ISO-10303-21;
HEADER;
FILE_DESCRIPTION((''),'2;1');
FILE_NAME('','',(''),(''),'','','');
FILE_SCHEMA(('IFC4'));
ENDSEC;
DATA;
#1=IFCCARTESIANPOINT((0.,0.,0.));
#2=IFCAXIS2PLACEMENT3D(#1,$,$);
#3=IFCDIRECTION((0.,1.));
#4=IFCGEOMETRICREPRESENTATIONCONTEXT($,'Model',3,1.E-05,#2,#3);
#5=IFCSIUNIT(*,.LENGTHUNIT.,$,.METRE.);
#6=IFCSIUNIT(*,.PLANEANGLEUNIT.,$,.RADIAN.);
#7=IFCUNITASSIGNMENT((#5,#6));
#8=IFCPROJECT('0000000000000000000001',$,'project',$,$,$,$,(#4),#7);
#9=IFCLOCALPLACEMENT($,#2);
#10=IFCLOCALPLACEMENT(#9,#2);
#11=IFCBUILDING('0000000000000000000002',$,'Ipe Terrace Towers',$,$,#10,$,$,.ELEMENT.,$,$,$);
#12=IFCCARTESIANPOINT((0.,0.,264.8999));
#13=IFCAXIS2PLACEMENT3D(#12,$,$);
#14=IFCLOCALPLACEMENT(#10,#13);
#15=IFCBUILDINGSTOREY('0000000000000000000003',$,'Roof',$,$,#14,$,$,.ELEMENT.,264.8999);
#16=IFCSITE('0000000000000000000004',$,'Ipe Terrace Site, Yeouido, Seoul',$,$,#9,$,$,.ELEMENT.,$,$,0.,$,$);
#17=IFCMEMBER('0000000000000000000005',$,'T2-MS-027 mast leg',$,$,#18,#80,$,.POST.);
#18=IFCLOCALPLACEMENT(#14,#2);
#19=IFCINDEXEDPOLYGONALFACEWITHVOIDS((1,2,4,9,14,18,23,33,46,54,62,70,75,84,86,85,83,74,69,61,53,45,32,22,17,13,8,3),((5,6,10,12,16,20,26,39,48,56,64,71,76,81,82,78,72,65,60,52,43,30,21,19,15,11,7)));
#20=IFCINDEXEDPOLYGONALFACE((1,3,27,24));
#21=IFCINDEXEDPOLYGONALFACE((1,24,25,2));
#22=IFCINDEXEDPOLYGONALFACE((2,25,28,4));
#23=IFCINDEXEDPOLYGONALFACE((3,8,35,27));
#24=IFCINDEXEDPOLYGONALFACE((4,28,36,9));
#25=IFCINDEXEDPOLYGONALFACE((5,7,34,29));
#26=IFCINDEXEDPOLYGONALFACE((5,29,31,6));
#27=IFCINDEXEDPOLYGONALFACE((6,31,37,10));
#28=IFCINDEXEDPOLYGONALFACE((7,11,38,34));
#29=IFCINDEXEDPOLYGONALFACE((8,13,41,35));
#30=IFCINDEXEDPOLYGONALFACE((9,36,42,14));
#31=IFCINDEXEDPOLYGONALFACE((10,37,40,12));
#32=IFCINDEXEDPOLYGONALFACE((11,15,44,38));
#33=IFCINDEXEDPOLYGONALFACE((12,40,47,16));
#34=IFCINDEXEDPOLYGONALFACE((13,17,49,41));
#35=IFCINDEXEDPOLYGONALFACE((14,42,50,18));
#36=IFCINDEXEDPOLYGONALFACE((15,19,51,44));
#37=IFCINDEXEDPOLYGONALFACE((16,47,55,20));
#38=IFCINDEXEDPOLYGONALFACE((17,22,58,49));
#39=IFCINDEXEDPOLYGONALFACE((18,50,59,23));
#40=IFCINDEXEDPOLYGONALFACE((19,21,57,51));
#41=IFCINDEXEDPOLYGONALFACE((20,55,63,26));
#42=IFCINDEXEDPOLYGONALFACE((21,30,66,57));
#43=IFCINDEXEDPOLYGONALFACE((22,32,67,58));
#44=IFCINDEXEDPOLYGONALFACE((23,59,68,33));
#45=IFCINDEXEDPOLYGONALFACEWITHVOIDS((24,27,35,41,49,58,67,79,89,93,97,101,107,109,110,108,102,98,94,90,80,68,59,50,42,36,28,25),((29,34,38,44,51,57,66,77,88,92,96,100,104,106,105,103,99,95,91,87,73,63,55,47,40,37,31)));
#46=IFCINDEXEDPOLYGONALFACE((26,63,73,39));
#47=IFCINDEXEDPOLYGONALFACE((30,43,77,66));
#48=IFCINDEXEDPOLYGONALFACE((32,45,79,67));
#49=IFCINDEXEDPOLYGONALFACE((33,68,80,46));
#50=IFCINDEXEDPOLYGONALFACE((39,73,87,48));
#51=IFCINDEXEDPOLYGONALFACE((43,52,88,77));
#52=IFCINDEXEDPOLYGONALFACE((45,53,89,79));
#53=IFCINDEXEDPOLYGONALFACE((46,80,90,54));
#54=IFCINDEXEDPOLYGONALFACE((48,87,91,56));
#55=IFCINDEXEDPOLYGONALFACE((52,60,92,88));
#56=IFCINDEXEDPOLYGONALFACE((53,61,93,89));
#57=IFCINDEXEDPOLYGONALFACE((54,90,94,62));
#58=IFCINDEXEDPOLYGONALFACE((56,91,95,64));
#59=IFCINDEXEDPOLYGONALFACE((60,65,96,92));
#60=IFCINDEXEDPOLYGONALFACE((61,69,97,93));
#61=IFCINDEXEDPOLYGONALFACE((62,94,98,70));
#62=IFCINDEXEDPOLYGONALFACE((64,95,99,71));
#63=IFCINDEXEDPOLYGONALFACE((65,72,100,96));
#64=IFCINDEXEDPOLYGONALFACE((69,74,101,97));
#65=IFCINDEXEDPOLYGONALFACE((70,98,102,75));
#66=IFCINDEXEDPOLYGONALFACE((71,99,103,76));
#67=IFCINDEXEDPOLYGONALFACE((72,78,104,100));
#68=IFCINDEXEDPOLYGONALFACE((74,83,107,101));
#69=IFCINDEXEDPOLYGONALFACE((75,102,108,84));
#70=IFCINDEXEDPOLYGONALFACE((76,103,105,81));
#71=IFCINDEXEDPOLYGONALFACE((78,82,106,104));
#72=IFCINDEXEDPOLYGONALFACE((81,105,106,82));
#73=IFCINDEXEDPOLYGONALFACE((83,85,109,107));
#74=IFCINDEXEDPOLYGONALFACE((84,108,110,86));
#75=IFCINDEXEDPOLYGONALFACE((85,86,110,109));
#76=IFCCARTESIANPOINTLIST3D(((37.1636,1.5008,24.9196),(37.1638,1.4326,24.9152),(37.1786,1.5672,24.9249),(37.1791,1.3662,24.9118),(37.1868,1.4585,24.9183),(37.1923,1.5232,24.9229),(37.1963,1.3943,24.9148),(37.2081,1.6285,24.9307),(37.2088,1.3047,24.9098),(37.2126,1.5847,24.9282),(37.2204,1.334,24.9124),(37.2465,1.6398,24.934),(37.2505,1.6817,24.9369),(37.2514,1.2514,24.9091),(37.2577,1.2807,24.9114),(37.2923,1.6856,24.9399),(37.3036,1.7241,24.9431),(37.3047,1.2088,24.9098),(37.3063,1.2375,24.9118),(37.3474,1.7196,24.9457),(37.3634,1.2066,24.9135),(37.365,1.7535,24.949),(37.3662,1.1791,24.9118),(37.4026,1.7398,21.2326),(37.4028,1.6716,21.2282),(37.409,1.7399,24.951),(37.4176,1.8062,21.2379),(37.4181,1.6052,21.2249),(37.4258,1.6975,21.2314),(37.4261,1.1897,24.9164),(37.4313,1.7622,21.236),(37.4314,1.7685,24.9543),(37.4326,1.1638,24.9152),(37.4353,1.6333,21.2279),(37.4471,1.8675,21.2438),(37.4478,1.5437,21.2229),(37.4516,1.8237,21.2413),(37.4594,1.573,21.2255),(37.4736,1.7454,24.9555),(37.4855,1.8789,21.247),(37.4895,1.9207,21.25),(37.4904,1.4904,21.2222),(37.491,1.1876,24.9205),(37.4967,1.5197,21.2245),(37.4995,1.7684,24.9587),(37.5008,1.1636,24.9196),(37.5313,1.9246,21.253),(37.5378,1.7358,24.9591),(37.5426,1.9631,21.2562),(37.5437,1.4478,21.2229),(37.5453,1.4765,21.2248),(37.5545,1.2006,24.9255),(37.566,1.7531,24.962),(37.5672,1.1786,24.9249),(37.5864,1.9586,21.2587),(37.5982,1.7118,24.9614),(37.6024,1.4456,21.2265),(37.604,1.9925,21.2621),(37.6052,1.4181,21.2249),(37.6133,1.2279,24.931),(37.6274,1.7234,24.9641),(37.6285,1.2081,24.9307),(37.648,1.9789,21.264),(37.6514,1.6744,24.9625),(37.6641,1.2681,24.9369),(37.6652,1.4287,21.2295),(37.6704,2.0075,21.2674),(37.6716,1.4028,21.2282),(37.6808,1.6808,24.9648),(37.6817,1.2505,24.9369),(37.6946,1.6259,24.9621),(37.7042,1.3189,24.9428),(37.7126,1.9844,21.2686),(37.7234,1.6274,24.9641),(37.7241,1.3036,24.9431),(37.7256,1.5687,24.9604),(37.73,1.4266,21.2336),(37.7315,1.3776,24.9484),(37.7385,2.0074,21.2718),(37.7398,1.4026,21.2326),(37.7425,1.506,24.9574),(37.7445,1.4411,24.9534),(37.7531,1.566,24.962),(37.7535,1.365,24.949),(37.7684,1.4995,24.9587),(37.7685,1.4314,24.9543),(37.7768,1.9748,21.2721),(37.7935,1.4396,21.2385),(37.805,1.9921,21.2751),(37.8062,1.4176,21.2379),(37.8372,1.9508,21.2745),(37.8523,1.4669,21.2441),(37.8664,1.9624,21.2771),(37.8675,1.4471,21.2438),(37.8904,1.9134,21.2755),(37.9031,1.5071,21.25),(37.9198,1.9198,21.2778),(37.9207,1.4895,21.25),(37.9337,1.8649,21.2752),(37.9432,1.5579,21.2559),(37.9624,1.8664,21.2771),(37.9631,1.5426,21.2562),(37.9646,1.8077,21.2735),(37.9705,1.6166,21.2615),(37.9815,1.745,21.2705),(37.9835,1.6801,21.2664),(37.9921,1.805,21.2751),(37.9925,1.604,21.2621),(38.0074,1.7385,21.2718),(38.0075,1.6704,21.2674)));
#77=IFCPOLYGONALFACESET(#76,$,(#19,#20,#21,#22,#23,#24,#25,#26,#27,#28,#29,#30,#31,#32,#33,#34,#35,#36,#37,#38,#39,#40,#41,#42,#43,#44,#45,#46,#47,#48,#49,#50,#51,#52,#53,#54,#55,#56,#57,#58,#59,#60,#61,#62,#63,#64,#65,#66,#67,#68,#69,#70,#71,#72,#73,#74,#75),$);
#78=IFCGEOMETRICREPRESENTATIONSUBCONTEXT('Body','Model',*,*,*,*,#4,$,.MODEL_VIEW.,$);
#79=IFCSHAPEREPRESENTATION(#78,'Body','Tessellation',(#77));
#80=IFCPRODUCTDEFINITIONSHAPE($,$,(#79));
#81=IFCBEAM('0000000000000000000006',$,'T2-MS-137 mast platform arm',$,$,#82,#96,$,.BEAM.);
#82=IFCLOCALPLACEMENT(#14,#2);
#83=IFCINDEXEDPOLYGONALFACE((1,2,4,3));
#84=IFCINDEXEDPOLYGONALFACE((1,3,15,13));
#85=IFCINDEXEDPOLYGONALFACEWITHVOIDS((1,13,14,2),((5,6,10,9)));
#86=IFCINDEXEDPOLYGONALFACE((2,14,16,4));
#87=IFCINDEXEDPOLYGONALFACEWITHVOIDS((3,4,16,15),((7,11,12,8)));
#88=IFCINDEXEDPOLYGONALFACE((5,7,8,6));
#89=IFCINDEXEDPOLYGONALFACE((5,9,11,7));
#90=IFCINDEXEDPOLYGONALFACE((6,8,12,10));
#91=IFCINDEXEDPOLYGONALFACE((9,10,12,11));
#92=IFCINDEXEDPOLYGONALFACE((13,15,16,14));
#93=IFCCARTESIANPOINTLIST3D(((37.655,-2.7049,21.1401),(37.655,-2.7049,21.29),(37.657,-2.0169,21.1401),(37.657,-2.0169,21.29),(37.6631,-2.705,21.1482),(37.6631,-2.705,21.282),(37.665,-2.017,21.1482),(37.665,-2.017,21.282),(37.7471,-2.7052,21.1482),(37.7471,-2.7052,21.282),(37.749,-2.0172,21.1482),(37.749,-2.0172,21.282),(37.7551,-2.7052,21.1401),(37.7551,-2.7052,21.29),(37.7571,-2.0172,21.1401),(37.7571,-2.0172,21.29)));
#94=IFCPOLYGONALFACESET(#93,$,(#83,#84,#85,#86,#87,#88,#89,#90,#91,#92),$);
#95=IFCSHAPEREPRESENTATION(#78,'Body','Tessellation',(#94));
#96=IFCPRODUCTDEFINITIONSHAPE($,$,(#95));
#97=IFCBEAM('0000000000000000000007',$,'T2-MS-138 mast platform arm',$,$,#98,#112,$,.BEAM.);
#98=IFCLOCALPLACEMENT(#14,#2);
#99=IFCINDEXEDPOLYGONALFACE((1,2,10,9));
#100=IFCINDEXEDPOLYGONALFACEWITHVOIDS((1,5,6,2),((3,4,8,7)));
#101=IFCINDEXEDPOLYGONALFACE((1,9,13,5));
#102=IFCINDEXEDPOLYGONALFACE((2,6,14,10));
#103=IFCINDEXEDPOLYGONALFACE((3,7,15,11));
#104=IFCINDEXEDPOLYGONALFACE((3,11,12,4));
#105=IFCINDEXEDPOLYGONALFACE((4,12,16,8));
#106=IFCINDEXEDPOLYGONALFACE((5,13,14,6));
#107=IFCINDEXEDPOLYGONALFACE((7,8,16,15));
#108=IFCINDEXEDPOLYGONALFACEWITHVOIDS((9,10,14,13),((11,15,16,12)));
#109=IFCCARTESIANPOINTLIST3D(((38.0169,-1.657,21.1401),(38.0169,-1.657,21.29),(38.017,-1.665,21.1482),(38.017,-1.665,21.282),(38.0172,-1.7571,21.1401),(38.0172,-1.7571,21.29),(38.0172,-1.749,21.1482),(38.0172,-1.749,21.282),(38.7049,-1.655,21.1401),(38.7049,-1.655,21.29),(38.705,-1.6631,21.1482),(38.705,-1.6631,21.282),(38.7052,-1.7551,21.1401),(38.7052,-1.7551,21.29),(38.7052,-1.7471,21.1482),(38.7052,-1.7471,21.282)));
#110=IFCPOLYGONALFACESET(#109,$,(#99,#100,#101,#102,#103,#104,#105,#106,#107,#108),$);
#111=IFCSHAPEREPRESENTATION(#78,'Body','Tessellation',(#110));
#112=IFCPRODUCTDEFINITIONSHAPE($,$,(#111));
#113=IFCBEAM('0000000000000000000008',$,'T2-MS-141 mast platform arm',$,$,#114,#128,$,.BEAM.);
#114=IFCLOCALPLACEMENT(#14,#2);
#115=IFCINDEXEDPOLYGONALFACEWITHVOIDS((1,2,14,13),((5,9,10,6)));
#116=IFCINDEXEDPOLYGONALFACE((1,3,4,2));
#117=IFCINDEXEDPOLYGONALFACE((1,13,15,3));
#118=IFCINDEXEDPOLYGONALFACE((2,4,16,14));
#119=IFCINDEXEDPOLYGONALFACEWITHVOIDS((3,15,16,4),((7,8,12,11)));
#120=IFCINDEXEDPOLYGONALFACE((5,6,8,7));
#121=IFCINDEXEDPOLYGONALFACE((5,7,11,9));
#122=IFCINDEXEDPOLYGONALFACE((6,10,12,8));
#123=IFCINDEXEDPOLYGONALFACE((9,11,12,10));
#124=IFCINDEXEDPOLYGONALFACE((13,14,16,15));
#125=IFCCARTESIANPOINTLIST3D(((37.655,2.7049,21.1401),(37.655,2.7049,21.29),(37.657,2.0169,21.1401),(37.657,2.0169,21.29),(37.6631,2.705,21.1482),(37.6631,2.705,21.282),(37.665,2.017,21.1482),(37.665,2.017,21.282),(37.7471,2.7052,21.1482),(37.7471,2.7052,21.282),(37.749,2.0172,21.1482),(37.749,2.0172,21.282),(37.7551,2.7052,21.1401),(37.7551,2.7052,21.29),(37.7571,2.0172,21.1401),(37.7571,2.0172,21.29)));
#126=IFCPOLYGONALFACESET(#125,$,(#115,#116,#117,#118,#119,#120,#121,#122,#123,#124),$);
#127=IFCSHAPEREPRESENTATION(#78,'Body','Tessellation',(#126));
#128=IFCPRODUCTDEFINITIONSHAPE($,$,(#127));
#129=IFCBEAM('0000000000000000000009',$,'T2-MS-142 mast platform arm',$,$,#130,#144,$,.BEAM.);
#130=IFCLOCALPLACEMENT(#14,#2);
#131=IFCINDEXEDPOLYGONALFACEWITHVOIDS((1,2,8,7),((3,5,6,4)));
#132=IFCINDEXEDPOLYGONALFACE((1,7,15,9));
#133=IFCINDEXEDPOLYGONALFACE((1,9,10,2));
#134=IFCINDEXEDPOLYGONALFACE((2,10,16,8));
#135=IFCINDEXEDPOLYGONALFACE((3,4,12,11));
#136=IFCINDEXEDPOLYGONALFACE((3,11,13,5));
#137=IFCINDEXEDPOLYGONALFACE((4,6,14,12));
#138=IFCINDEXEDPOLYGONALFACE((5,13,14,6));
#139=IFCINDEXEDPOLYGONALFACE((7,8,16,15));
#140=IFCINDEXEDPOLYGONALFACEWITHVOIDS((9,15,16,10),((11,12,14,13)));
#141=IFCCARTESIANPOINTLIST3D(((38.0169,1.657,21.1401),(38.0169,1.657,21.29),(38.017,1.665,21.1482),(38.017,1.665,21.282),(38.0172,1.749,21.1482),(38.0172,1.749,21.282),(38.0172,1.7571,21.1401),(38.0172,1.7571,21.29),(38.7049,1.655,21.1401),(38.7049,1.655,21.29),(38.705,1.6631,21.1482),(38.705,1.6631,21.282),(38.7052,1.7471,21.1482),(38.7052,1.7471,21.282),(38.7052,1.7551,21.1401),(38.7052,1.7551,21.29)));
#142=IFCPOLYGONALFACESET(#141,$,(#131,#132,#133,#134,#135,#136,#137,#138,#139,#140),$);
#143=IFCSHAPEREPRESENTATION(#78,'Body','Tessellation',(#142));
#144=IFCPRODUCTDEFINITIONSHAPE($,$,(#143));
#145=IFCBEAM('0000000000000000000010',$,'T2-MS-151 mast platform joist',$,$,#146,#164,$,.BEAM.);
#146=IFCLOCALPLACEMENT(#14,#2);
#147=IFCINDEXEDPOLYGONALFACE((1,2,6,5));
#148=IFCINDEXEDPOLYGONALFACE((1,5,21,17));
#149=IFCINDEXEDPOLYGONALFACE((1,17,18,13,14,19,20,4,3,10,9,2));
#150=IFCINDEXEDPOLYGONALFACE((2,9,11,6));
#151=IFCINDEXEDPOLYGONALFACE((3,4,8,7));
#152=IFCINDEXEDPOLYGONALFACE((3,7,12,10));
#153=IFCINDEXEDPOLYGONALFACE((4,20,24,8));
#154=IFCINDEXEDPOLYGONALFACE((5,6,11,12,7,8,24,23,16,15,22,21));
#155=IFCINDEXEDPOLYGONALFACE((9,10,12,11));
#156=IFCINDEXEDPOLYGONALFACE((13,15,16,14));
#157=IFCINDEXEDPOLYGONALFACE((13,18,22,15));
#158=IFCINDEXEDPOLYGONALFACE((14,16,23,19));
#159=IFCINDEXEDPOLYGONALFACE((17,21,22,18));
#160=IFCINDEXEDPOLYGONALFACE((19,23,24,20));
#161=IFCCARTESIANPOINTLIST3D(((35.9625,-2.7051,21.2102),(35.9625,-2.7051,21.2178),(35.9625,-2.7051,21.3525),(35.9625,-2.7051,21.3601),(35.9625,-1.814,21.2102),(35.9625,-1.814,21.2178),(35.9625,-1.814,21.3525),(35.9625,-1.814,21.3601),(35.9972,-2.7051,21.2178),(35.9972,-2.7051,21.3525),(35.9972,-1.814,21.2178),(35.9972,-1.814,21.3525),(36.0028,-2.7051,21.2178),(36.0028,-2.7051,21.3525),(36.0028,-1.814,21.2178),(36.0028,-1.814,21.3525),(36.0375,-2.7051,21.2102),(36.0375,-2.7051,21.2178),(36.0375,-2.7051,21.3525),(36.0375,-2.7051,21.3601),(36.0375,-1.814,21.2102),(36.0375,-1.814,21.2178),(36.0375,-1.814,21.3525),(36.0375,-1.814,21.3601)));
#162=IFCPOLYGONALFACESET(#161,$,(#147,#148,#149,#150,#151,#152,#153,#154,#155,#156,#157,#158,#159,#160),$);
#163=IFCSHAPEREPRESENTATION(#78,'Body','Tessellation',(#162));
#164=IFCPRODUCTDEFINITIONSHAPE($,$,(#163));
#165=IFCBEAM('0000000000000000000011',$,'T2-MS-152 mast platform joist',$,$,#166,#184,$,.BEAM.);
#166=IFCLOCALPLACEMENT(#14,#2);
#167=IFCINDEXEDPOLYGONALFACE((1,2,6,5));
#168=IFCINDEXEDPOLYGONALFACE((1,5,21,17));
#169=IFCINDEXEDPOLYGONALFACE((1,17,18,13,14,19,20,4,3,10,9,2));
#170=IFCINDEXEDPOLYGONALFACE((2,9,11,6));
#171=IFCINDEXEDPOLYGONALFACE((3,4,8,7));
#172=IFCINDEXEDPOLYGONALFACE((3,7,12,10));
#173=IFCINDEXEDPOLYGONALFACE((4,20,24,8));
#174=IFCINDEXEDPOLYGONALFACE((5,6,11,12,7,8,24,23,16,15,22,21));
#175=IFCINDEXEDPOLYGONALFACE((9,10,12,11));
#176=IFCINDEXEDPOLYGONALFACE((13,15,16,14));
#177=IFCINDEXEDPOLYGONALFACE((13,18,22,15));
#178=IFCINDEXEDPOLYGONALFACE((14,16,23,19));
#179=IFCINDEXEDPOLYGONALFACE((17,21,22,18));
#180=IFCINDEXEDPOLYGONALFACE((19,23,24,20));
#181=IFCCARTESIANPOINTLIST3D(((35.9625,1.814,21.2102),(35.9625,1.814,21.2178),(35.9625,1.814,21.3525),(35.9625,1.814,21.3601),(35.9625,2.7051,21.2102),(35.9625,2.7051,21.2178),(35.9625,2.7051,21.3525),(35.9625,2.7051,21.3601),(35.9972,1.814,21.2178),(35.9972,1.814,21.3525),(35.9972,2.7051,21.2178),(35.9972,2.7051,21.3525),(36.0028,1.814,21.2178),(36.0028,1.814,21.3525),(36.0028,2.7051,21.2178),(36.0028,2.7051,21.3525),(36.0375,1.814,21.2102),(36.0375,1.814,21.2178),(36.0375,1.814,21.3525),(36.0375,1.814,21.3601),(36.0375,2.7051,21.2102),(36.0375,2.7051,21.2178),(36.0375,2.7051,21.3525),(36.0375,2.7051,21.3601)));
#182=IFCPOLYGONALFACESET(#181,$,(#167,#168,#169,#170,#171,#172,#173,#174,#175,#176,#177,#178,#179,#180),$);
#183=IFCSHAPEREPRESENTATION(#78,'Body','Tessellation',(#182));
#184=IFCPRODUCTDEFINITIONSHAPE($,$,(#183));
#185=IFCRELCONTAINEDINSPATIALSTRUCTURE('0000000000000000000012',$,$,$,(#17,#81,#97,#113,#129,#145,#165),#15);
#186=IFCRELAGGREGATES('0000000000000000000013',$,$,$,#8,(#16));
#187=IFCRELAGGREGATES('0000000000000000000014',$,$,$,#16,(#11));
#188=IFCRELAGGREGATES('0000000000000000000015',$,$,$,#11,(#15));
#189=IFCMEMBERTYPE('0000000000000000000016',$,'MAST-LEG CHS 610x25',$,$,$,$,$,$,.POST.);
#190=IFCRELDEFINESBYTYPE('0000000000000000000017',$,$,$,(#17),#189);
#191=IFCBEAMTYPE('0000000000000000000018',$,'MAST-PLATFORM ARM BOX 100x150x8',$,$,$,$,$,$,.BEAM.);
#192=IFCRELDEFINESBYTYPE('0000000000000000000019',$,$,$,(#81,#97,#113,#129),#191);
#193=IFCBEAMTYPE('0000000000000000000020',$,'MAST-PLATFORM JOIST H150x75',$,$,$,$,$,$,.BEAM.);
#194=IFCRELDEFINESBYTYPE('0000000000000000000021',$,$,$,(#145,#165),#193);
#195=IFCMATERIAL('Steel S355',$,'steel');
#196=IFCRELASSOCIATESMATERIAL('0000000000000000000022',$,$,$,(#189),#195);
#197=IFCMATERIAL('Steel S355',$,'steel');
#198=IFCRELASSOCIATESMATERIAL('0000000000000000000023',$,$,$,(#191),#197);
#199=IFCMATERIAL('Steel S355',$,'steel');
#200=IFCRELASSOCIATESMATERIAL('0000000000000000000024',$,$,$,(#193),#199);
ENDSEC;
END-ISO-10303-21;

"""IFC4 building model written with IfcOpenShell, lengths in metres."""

from ifc_helpers import new_model, si_unit, direction, frame, origin, origin_2d, place, context, subcontext, project, spatial, hollow_rectangle, hollow_circle, i_section, extrude, material, material_profile, profile_set, type_object, element, save


model = new_model("IFC4")

# Units and contexts
model_context = context("Model", 3, precision=1e-05, world=origin(), true_north=direction((0.0, 1.0)))
body_context = subcontext(model_context, "Body", "Model", "MODEL_VIEW")
ifc_project = project(units=[si_unit("LENGTHUNIT", "METRE"), si_unit("PLANEANGLEUNIT", "RADIAN")], contexts=[model_context])

# Site, building, storey
site_placement = place(None, origin())
site = spatial("IfcSite", under=ifc_project, at=site_placement, Name="Ipe Terrace Site, Yeouido, Seoul", CompositionType="ELEMENT", RefElevation=0.0)
building_placement = place(site_placement, origin())
building = spatial("IfcBuilding", under=site, at=building_placement, Name="Ipe Terrace Towers", CompositionType="ELEMENT")
storey_placement = place(building_placement, frame((0.0, 0.0, 264.8999)))
storey = spatial("IfcBuildingStorey", under=building, at=storey_placement, Name="Roof", CompositionType="ELEMENT", Elevation=264.8999)

# Member
ifc_material_1 = material(Name="Steel S355", Category="steel")
ifc_material_profile_1 = material_profile(ifc_material_1, hollow_circle(Radius=0.3049, WallThickness=0.0249, at=origin_2d()), Name="MAST-LEG CHS 610x25")
ifc_profile_set_1 = profile_set([ifc_material_profile_1], Name="Steel S355")
member_type_1 = type_object("IfcMemberType", Name="MAST-LEG CHS 610x25", PredefinedType="POST", material=ifc_profile_set_1)
member_1_placement = place(storey_placement, frame((37.7051, 1.7051, 21.25), z_axis=(-0.064555, -0.064555, 0.995824), x_axis=(0.707107, -0.707107, 0.0)))
element("IfcMember", 1, at=member_1_placement, inside=storey, type_object=member_type_1, Name="T2-MS-027 mast leg", PredefinedType="POST", context=body_context, shape_type="SweptSolid", body=[
    extrude(hollow_circle(Radius=0.3049, WallThickness=0.0249, at=origin_2d()), origin(), (0.0, 0.0, 1.0), 3.7024),
])

# Beams
ifc_material_2 = material(Name="Steel S355", Category="steel")
ifc_material_profile_2 = material_profile(ifc_material_2, hollow_rectangle(XDim=0.1001, YDim=0.1499, WallThickness=0.0081, at=origin_2d()), Name="MAST-PLATFORM ARM BOX 100x150x8")
ifc_profile_set_2 = profile_set([ifc_material_profile_2], Name="Steel S355")
beam_type_1 = type_object("IfcBeamType", Name="MAST-PLATFORM ARM BOX 100x150x8", PredefinedType="BEAM", material=ifc_profile_set_2)
for number, where, z_axis, x_axis, name in (
    (2, (37.707, -2.0171, 21.2151), (-0.002839, -0.999996, 0.0), (0.999996, -0.002839, 0.0), "T2-MS-137 mast platform arm"),
    (3, (38.0171, -1.707, 21.2151), (0.999996, 0.002839, 0.0), (-0.002839, 0.999996, 0.0), "T2-MS-138 mast platform arm"),
    (4, (37.707, 2.0171, 21.2151), (-0.002839, 0.999996, 0.0), (-0.999996, -0.002839, 0.0), "T2-MS-141 mast platform arm"),
    (5, (38.0171, 1.707, 21.2151), (0.999996, -0.002839, 0.0), (0.002839, 0.999996, 0.0), "T2-MS-142 mast platform arm"),
):
    element("IfcBeam", number, at=place(storey_placement, frame(where, z_axis=z_axis, x_axis=x_axis)), inside=storey, type_object=beam_type_1, Name=name, PredefinedType="BEAM", context=body_context, shape_type="SweptSolid", body=[
        extrude(hollow_rectangle(XDim=0.1001, YDim=0.1499, WallThickness=0.0081, at=origin_2d()), origin(), (0.0, 0.0, 1.0), 0.688),
    ])
ifc_material_3 = material(Name="Steel S355", Category="steel")
ifc_material_profile_3 = material_profile(ifc_material_3, i_section(OverallWidth=0.075, OverallDepth=0.1499, WebThickness=0.0056, FlangeThickness=0.0076, at=origin_2d()), Name="H150x75")
ifc_profile_set_3 = profile_set([ifc_material_profile_3], Name="Steel S355")
beam_type_2 = type_object("IfcBeamType", Name="MAST-PLATFORM JOIST H150x75", PredefinedType="BEAM", material=ifc_profile_set_3)
for number, where, z_axis, x_axis, name in (
    (6, (36.0, -1.814, 21.2852), (0.0, -1.0, 0.0), (1.0, 0.0, 0.0), "T2-MS-151 mast platform joist"),
    (7, (36.0, 1.814, 21.2852), (0.0, 1.0, 0.0), (-1.0, 0.0, 0.0), "T2-MS-152 mast platform joist"),
):
    element("IfcBeam", number, at=place(storey_placement, frame(where, z_axis=z_axis, x_axis=x_axis)), inside=storey, type_object=beam_type_2, Name=name, PredefinedType="BEAM", context=body_context, shape_type="SweptSolid", body=[
        extrude(i_section(OverallWidth=0.075, OverallDepth=0.1499, WebThickness=0.0056, FlangeThickness=0.0076, at=origin_2d()), origin(), (0.0, 0.0, 1.0), 0.8911),
    ])

save(model, "model.ifc")
